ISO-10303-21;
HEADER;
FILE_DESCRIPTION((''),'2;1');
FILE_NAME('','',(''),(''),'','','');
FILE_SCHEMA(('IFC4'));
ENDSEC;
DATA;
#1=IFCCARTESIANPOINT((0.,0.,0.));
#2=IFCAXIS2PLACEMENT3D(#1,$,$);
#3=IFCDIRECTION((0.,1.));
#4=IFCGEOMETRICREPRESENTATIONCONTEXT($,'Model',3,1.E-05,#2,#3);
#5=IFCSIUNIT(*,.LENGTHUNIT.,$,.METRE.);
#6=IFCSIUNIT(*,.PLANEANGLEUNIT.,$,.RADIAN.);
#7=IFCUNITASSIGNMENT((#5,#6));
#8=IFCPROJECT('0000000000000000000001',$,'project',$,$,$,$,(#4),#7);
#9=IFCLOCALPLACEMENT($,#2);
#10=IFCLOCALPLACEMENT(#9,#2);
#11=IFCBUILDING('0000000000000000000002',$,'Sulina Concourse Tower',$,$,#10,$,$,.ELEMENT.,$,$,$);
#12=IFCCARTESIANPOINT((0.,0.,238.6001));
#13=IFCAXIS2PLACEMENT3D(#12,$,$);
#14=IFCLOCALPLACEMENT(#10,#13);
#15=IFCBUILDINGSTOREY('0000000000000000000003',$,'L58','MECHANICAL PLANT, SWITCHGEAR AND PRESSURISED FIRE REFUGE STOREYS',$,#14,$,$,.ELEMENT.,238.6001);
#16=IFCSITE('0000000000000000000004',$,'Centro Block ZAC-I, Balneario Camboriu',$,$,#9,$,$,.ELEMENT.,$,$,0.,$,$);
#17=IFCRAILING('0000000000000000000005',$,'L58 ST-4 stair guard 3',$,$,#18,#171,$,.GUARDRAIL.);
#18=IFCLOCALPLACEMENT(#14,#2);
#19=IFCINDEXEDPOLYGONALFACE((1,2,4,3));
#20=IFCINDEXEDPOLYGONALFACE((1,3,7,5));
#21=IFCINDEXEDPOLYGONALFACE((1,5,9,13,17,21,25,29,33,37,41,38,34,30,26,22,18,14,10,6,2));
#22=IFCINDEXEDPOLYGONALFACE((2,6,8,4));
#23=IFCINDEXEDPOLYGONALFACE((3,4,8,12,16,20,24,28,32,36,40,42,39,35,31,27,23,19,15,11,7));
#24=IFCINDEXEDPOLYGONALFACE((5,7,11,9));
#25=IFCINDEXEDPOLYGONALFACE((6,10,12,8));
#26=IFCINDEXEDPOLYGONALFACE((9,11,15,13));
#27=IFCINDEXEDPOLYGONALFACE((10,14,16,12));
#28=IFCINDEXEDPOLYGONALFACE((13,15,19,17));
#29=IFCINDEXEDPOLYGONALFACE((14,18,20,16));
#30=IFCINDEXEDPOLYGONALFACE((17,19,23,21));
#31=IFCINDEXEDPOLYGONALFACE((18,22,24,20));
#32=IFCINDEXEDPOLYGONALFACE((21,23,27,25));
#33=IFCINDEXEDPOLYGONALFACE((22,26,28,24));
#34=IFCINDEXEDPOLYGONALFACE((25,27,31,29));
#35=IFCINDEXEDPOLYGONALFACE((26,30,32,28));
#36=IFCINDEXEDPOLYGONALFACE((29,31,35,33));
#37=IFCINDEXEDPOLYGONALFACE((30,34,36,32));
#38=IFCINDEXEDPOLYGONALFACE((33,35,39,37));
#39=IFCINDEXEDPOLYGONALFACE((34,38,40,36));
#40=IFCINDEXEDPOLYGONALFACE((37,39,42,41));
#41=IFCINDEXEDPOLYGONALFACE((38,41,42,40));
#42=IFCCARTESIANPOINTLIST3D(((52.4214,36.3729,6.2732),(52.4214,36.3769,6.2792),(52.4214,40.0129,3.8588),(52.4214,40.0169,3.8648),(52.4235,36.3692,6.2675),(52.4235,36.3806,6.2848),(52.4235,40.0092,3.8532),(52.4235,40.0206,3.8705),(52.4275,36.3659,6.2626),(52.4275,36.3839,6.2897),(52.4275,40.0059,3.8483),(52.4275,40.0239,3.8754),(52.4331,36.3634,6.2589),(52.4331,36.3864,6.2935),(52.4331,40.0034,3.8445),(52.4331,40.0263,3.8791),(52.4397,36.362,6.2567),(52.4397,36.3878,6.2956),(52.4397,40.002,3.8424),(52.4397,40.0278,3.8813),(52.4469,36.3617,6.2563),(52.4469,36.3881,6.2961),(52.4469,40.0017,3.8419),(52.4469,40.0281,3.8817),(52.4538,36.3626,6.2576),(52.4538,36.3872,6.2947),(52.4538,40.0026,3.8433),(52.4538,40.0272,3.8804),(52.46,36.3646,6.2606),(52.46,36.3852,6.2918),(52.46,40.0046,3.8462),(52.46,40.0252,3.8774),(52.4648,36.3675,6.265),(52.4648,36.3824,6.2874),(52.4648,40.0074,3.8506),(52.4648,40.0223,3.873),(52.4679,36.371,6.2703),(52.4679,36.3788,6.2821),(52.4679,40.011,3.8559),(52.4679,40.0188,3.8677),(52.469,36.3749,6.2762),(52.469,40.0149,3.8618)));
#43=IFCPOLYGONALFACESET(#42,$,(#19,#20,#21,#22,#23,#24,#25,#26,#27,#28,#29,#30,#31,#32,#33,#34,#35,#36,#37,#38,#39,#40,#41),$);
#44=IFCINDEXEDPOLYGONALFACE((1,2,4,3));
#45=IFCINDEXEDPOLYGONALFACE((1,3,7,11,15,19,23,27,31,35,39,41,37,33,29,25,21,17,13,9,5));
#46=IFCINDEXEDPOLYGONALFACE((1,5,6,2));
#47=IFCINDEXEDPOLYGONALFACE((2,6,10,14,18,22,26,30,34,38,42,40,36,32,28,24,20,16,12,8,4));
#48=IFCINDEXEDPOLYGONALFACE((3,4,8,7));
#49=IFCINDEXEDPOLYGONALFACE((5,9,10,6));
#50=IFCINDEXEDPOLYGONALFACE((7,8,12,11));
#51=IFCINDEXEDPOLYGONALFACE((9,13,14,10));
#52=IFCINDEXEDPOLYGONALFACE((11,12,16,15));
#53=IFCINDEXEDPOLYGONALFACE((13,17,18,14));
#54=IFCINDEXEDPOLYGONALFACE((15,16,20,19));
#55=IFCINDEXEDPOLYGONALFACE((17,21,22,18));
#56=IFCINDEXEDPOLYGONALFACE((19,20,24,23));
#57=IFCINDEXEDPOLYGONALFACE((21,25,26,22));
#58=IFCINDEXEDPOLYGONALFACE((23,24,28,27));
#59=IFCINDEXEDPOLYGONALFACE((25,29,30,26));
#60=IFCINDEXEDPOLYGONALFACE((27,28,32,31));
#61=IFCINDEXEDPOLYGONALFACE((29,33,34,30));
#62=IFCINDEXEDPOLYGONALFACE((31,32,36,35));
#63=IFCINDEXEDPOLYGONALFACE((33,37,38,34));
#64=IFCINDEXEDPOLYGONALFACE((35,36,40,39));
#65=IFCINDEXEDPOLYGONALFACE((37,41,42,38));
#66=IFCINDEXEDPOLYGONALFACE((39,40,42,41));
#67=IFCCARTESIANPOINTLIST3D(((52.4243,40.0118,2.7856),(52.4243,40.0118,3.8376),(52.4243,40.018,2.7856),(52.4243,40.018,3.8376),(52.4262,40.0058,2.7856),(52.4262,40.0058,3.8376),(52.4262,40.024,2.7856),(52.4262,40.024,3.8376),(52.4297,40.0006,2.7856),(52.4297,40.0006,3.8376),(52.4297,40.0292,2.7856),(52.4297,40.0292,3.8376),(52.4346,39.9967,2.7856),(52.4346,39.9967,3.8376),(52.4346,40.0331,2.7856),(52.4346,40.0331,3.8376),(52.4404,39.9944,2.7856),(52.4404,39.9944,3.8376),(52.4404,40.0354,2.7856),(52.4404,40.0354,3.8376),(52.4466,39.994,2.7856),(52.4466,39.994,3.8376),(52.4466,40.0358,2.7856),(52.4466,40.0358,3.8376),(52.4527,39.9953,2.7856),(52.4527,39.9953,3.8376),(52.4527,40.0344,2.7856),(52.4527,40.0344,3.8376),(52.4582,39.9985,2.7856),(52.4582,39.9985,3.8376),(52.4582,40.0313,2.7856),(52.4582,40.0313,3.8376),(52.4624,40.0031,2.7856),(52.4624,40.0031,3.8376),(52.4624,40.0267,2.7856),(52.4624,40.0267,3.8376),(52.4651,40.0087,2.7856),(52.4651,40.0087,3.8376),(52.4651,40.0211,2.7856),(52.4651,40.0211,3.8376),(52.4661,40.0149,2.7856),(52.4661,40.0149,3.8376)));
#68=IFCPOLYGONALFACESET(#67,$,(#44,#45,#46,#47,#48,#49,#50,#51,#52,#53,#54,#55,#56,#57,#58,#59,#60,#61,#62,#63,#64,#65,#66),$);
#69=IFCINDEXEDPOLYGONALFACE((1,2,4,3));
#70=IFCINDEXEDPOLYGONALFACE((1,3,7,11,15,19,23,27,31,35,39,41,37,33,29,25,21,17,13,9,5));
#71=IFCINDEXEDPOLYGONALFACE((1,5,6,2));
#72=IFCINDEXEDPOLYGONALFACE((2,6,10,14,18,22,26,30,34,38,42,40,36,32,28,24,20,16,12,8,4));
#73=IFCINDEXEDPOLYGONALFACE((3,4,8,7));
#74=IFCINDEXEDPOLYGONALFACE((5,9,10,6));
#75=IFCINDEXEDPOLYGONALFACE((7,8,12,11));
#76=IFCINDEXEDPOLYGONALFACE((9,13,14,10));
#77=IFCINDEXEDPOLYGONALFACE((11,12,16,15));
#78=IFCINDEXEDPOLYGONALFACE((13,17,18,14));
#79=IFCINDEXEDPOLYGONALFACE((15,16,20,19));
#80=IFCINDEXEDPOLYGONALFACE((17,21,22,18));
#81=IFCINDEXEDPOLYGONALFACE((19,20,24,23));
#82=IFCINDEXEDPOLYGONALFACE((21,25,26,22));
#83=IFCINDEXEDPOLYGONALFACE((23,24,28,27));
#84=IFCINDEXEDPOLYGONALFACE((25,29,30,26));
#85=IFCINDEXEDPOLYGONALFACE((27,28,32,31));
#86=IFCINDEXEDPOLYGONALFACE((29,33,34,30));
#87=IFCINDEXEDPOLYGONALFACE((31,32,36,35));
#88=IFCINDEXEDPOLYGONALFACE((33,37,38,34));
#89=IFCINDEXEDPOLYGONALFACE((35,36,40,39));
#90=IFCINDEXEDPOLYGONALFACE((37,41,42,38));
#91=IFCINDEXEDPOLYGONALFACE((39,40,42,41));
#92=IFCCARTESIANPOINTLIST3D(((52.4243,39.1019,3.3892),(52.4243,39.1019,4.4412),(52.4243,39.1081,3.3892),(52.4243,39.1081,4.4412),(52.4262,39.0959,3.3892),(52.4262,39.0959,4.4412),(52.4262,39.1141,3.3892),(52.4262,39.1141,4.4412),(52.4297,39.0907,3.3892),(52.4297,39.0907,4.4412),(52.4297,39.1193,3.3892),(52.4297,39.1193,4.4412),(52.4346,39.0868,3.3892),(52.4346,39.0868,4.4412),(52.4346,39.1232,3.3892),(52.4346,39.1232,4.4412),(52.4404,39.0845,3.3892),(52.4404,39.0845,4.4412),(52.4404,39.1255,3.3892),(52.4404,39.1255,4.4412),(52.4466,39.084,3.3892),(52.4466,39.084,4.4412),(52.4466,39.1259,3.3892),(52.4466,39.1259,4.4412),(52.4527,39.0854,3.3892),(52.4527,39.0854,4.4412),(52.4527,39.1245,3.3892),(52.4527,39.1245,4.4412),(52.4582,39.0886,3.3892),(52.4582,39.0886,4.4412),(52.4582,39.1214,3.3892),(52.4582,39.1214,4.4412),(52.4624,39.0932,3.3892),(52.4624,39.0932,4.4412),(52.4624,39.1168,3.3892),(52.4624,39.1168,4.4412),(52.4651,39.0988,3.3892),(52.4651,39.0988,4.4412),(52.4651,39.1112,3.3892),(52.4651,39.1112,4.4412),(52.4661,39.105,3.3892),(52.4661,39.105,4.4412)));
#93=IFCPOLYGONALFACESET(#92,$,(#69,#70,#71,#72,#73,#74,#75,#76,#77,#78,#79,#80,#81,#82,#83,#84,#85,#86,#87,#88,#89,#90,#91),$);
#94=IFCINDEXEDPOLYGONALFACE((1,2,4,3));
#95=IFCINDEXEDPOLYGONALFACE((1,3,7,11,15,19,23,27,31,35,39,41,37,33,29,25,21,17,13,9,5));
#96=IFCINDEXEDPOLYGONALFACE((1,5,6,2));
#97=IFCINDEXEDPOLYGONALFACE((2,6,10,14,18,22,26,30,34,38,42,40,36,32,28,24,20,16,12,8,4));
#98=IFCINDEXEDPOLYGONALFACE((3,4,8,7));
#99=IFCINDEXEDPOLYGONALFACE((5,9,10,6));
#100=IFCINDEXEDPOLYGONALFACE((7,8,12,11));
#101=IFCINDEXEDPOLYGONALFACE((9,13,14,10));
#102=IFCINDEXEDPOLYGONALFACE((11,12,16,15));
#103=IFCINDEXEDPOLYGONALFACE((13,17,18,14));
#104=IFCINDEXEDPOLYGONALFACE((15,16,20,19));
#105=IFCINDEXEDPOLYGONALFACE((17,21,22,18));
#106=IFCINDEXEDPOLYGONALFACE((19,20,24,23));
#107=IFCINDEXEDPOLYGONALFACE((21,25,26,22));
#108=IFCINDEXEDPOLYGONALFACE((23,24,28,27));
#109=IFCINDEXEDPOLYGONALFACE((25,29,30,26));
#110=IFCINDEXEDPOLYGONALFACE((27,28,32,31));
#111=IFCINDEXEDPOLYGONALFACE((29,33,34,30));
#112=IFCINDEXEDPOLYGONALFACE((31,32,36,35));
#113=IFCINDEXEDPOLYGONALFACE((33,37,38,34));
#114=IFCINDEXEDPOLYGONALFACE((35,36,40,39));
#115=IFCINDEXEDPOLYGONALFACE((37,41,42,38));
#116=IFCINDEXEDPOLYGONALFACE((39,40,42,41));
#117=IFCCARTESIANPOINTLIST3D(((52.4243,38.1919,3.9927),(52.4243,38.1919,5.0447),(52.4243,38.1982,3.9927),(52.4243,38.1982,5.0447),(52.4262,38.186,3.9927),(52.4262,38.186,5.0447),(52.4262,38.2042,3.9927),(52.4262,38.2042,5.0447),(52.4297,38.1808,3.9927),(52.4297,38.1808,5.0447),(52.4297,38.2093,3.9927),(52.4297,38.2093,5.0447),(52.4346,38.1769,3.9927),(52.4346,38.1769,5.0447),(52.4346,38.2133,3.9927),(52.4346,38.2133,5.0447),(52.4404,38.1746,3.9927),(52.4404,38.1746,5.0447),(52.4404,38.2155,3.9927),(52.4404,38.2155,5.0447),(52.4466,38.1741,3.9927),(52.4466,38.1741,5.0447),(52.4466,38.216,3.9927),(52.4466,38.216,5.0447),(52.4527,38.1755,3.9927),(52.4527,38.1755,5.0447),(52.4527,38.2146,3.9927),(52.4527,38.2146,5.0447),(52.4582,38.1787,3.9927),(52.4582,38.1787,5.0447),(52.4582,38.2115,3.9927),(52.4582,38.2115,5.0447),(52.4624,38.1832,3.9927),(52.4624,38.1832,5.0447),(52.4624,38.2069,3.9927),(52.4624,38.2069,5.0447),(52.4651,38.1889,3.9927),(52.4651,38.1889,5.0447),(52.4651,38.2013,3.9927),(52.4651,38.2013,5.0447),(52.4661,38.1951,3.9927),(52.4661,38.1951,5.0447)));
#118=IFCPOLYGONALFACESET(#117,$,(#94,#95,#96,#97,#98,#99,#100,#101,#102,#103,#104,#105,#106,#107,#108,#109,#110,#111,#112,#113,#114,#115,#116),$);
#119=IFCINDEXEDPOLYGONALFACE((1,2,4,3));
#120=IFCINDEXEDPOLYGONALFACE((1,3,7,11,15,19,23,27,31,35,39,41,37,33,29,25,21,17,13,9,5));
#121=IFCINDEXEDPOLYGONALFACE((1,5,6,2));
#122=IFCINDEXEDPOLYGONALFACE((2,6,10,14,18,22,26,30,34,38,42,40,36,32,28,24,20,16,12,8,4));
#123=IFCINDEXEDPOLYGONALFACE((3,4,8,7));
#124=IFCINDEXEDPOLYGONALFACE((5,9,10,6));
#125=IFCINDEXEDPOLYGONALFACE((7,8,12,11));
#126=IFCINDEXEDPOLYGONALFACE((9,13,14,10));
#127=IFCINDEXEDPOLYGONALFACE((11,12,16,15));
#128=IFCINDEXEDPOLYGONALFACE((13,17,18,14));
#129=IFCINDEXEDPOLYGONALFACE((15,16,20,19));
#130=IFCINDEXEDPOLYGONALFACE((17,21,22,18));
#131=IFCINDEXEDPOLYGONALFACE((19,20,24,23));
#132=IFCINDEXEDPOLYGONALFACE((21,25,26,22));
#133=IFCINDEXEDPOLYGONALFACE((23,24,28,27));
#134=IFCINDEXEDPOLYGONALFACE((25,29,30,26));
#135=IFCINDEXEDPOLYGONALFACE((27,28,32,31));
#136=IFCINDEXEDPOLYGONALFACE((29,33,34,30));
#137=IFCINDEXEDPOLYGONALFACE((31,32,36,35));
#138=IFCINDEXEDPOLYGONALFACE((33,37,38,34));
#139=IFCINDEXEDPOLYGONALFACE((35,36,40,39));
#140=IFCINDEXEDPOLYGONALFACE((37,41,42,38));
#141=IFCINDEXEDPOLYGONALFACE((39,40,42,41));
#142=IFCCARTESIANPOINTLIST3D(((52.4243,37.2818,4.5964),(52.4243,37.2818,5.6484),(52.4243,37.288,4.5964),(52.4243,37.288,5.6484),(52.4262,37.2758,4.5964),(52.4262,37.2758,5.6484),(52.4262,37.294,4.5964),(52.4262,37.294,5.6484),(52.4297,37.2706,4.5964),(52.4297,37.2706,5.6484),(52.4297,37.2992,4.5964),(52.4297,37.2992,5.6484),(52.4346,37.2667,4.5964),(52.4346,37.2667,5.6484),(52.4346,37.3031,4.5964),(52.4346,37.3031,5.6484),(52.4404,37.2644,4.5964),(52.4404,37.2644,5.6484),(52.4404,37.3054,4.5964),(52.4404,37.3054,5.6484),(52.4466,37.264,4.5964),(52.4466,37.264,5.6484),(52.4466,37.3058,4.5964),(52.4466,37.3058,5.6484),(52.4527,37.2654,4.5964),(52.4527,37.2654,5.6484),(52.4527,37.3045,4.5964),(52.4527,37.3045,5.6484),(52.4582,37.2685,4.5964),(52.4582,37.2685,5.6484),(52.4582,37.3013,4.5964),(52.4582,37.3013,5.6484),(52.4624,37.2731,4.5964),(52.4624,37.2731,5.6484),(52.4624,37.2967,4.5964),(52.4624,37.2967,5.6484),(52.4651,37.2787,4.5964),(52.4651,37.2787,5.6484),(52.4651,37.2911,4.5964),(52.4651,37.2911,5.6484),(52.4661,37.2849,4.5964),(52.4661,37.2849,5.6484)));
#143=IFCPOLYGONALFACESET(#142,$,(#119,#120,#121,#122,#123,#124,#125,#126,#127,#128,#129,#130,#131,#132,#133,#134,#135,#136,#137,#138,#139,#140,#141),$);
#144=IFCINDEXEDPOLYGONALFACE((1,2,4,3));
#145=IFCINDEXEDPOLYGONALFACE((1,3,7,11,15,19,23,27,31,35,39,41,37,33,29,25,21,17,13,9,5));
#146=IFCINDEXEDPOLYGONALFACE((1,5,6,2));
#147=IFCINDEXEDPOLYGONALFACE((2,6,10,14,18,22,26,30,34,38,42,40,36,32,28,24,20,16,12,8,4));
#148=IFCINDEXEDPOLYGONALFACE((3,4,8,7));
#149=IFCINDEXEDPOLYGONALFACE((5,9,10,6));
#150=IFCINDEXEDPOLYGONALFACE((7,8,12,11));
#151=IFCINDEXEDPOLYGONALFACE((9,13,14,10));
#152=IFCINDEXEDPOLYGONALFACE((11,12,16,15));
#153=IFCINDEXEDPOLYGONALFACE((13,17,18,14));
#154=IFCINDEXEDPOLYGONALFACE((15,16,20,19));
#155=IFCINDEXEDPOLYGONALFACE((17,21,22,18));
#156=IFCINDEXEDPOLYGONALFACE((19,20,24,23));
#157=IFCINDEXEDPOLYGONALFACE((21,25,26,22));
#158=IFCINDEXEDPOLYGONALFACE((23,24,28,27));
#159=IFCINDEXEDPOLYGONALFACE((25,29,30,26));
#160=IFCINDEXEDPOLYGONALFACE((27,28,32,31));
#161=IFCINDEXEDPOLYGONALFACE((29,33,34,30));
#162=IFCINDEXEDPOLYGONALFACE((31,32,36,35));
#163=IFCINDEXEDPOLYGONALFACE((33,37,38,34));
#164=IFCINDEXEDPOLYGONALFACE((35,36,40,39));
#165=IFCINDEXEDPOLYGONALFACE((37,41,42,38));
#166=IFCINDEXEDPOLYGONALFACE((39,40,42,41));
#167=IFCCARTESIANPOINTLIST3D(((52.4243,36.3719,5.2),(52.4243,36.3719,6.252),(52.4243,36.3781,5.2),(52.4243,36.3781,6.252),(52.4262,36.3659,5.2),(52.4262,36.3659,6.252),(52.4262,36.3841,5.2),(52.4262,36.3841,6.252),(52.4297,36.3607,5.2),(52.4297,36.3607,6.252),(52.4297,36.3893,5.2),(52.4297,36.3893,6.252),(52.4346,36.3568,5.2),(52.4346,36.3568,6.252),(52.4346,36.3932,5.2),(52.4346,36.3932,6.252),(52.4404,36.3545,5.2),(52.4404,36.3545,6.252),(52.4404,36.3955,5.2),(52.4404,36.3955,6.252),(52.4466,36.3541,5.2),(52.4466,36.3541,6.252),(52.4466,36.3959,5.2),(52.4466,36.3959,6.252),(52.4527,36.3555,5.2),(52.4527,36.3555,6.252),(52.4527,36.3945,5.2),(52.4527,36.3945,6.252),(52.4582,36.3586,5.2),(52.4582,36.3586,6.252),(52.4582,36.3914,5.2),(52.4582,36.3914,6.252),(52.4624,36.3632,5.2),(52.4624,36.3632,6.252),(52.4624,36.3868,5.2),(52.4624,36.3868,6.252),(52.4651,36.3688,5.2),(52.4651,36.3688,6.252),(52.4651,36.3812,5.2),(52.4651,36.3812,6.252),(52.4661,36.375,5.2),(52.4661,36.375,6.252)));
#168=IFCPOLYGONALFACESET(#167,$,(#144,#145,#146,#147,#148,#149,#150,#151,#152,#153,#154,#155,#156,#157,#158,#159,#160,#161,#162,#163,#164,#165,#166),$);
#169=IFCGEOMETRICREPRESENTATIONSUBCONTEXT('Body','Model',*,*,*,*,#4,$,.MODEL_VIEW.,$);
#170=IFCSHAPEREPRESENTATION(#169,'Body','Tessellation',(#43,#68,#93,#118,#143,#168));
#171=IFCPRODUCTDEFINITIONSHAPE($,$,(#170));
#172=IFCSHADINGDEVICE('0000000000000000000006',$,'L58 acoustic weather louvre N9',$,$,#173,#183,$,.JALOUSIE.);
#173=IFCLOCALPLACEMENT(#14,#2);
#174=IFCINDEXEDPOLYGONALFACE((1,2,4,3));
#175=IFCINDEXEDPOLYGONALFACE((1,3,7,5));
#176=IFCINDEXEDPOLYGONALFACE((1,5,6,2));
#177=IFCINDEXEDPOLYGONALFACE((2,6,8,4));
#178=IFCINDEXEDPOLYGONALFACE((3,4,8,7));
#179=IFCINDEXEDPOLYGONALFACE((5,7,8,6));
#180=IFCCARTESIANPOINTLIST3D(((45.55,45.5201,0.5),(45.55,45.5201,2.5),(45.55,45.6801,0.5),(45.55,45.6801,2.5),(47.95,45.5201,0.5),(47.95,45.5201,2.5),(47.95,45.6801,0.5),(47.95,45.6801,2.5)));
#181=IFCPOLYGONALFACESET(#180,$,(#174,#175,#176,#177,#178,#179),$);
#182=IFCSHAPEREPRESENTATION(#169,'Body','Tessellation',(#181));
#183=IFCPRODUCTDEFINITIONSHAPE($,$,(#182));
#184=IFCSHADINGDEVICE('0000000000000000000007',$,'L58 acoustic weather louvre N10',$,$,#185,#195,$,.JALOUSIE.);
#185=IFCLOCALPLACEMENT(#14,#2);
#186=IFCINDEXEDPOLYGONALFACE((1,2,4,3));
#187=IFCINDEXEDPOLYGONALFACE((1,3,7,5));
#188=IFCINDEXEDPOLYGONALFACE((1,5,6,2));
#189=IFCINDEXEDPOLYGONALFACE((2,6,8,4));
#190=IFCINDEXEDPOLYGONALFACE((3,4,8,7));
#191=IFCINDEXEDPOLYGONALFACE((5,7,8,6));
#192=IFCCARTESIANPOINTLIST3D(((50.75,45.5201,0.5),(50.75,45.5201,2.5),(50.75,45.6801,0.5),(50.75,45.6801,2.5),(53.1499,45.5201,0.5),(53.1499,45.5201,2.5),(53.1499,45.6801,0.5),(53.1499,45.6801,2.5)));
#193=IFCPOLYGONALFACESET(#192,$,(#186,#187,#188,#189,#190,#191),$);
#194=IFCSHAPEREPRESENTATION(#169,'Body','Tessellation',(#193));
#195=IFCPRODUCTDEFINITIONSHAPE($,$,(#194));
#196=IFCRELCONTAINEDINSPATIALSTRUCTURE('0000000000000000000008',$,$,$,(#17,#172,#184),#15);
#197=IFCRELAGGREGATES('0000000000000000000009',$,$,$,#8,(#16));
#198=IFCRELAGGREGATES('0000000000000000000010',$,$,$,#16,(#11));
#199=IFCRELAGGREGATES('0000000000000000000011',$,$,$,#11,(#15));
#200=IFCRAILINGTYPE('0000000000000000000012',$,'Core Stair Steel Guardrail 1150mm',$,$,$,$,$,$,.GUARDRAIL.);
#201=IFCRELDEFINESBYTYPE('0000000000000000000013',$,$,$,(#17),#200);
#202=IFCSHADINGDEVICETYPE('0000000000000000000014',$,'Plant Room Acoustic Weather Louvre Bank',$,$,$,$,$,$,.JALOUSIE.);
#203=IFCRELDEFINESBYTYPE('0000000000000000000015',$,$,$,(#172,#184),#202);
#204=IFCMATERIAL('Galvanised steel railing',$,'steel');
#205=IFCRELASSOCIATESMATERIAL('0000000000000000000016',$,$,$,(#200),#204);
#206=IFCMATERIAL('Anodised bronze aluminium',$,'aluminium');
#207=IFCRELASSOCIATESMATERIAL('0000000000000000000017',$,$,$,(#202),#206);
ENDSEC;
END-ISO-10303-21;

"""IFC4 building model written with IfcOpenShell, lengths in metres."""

from ifc_helpers import new_model, si_unit, direction, frame, origin, origin_2d, place, context, subcontext, project, spatial, rectangle, circle, extrude, material, type_object, element, save


model = new_model("IFC4")

# Units and contexts
model_context = context("Model", 3, precision=1e-05, world=origin(), true_north=direction((0.0, 1.0)))
body_context = subcontext(model_context, "Body", "Model", "MODEL_VIEW")
ifc_project = project(units=[si_unit("LENGTHUNIT", "METRE"), si_unit("PLANEANGLEUNIT", "RADIAN")], contexts=[model_context])

# Site, building, storey
site_placement = place(None, origin())
site = spatial("IfcSite", under=ifc_project, at=site_placement, Name="Centro Block ZAC-I, Balneario Camboriu", CompositionType="ELEMENT", RefElevation=0.0)
building_placement = place(site_placement, origin())
building = spatial("IfcBuilding", under=site, at=building_placement, Name="Sulina Concourse Tower", CompositionType="ELEMENT")
storey_placement = place(building_placement, frame((0.0, 0.0, 238.6001)))
storey = spatial("IfcBuildingStorey", under=building, at=storey_placement, Name="L58", Description="MECHANICAL PLANT, SWITCHGEAR AND PRESSURISED FIRE REFUGE STOREYS", CompositionType="ELEMENT", Elevation=238.6001)

# Railing
ifc_material_1 = material(Name="Galvanised steel railing", Category="steel")
railing_type_1 = type_object("IfcRailingType", Name="Core Stair Steel Guardrail 1150mm", PredefinedType="GUARDRAIL", material=ifc_material_1)
railing_1_placement = place(storey_placement, frame((52.4451, 40.0149, 2.7856)))
element("IfcRailing", 1, at=railing_1_placement, inside=storey, type_object=railing_type_1, Name="L58 ST-4 stair guard 3", PredefinedType="GUARDRAIL", context=body_context, shape_type="SweptSolid", body=[
    extrude(circle(Radius=0.0239, at=origin_2d()), frame((0.0, 0.0, 1.0762), z_axis=(0.0, -0.833347, 0.552751), x_axis=(1.0, 0.0, 0.0)), (0.0, 0.0, 1.0), 4.3679),
    extrude(circle(Radius=0.021, at=origin_2d()), origin(), (0.0, 0.0, 1.0), 1.052),
    extrude(circle(Radius=0.021, at=origin_2d()), frame((0.0, -0.9099, 0.6035)), (0.0, 0.0, 1.0), 1.052),
    extrude(circle(Radius=0.021, at=origin_2d()), frame((0.0, -1.8198, 1.207)), (0.0, 0.0, 1.0), 1.052),
    extrude(circle(Radius=0.021, at=origin_2d()), frame((0.0, -2.73, 1.8108)), (0.0, 0.0, 1.0), 1.052),
    extrude(circle(Radius=0.021, at=origin_2d()), frame((0.0, -3.6399, 2.4143)), (0.0, 0.0, 1.0), 1.052),
])

# Shading devices
ifc_material_2 = material(Name="Anodised bronze aluminium", Category="aluminium")
shading_device_type = type_object("IfcShadingDeviceType", Name="Plant Room Acoustic Weather Louvre Bank", PredefinedType="JALOUSIE", material=ifc_material_2)
for number, where, z_axis, x_axis, name in (
    (2, (46.75, 45.6001, 0.5), (0.0, 0.0, 1.0), (1.0, 0.0, 0.0), "L58 acoustic weather louvre N9"),
    (3, (51.95, 45.6001, 0.5), (0.0, 0.0, 1.0), (1.0, 0.0, 0.0), "L58 acoustic weather louvre N10"),
):
    element("IfcShadingDevice", number, at=place(storey_placement, frame(where, z_axis=z_axis, x_axis=x_axis)), inside=storey, type_object=shading_device_type, Name=name, PredefinedType="JALOUSIE", context=body_context, shape_type="SweptSolid", body=[
        extrude(rectangle(XDim=2.3999, YDim=0.1599, at=origin_2d()), origin(), (0.0, 0.0, 1.0), 2.0),
    ])

save(model, "model.ifc")
